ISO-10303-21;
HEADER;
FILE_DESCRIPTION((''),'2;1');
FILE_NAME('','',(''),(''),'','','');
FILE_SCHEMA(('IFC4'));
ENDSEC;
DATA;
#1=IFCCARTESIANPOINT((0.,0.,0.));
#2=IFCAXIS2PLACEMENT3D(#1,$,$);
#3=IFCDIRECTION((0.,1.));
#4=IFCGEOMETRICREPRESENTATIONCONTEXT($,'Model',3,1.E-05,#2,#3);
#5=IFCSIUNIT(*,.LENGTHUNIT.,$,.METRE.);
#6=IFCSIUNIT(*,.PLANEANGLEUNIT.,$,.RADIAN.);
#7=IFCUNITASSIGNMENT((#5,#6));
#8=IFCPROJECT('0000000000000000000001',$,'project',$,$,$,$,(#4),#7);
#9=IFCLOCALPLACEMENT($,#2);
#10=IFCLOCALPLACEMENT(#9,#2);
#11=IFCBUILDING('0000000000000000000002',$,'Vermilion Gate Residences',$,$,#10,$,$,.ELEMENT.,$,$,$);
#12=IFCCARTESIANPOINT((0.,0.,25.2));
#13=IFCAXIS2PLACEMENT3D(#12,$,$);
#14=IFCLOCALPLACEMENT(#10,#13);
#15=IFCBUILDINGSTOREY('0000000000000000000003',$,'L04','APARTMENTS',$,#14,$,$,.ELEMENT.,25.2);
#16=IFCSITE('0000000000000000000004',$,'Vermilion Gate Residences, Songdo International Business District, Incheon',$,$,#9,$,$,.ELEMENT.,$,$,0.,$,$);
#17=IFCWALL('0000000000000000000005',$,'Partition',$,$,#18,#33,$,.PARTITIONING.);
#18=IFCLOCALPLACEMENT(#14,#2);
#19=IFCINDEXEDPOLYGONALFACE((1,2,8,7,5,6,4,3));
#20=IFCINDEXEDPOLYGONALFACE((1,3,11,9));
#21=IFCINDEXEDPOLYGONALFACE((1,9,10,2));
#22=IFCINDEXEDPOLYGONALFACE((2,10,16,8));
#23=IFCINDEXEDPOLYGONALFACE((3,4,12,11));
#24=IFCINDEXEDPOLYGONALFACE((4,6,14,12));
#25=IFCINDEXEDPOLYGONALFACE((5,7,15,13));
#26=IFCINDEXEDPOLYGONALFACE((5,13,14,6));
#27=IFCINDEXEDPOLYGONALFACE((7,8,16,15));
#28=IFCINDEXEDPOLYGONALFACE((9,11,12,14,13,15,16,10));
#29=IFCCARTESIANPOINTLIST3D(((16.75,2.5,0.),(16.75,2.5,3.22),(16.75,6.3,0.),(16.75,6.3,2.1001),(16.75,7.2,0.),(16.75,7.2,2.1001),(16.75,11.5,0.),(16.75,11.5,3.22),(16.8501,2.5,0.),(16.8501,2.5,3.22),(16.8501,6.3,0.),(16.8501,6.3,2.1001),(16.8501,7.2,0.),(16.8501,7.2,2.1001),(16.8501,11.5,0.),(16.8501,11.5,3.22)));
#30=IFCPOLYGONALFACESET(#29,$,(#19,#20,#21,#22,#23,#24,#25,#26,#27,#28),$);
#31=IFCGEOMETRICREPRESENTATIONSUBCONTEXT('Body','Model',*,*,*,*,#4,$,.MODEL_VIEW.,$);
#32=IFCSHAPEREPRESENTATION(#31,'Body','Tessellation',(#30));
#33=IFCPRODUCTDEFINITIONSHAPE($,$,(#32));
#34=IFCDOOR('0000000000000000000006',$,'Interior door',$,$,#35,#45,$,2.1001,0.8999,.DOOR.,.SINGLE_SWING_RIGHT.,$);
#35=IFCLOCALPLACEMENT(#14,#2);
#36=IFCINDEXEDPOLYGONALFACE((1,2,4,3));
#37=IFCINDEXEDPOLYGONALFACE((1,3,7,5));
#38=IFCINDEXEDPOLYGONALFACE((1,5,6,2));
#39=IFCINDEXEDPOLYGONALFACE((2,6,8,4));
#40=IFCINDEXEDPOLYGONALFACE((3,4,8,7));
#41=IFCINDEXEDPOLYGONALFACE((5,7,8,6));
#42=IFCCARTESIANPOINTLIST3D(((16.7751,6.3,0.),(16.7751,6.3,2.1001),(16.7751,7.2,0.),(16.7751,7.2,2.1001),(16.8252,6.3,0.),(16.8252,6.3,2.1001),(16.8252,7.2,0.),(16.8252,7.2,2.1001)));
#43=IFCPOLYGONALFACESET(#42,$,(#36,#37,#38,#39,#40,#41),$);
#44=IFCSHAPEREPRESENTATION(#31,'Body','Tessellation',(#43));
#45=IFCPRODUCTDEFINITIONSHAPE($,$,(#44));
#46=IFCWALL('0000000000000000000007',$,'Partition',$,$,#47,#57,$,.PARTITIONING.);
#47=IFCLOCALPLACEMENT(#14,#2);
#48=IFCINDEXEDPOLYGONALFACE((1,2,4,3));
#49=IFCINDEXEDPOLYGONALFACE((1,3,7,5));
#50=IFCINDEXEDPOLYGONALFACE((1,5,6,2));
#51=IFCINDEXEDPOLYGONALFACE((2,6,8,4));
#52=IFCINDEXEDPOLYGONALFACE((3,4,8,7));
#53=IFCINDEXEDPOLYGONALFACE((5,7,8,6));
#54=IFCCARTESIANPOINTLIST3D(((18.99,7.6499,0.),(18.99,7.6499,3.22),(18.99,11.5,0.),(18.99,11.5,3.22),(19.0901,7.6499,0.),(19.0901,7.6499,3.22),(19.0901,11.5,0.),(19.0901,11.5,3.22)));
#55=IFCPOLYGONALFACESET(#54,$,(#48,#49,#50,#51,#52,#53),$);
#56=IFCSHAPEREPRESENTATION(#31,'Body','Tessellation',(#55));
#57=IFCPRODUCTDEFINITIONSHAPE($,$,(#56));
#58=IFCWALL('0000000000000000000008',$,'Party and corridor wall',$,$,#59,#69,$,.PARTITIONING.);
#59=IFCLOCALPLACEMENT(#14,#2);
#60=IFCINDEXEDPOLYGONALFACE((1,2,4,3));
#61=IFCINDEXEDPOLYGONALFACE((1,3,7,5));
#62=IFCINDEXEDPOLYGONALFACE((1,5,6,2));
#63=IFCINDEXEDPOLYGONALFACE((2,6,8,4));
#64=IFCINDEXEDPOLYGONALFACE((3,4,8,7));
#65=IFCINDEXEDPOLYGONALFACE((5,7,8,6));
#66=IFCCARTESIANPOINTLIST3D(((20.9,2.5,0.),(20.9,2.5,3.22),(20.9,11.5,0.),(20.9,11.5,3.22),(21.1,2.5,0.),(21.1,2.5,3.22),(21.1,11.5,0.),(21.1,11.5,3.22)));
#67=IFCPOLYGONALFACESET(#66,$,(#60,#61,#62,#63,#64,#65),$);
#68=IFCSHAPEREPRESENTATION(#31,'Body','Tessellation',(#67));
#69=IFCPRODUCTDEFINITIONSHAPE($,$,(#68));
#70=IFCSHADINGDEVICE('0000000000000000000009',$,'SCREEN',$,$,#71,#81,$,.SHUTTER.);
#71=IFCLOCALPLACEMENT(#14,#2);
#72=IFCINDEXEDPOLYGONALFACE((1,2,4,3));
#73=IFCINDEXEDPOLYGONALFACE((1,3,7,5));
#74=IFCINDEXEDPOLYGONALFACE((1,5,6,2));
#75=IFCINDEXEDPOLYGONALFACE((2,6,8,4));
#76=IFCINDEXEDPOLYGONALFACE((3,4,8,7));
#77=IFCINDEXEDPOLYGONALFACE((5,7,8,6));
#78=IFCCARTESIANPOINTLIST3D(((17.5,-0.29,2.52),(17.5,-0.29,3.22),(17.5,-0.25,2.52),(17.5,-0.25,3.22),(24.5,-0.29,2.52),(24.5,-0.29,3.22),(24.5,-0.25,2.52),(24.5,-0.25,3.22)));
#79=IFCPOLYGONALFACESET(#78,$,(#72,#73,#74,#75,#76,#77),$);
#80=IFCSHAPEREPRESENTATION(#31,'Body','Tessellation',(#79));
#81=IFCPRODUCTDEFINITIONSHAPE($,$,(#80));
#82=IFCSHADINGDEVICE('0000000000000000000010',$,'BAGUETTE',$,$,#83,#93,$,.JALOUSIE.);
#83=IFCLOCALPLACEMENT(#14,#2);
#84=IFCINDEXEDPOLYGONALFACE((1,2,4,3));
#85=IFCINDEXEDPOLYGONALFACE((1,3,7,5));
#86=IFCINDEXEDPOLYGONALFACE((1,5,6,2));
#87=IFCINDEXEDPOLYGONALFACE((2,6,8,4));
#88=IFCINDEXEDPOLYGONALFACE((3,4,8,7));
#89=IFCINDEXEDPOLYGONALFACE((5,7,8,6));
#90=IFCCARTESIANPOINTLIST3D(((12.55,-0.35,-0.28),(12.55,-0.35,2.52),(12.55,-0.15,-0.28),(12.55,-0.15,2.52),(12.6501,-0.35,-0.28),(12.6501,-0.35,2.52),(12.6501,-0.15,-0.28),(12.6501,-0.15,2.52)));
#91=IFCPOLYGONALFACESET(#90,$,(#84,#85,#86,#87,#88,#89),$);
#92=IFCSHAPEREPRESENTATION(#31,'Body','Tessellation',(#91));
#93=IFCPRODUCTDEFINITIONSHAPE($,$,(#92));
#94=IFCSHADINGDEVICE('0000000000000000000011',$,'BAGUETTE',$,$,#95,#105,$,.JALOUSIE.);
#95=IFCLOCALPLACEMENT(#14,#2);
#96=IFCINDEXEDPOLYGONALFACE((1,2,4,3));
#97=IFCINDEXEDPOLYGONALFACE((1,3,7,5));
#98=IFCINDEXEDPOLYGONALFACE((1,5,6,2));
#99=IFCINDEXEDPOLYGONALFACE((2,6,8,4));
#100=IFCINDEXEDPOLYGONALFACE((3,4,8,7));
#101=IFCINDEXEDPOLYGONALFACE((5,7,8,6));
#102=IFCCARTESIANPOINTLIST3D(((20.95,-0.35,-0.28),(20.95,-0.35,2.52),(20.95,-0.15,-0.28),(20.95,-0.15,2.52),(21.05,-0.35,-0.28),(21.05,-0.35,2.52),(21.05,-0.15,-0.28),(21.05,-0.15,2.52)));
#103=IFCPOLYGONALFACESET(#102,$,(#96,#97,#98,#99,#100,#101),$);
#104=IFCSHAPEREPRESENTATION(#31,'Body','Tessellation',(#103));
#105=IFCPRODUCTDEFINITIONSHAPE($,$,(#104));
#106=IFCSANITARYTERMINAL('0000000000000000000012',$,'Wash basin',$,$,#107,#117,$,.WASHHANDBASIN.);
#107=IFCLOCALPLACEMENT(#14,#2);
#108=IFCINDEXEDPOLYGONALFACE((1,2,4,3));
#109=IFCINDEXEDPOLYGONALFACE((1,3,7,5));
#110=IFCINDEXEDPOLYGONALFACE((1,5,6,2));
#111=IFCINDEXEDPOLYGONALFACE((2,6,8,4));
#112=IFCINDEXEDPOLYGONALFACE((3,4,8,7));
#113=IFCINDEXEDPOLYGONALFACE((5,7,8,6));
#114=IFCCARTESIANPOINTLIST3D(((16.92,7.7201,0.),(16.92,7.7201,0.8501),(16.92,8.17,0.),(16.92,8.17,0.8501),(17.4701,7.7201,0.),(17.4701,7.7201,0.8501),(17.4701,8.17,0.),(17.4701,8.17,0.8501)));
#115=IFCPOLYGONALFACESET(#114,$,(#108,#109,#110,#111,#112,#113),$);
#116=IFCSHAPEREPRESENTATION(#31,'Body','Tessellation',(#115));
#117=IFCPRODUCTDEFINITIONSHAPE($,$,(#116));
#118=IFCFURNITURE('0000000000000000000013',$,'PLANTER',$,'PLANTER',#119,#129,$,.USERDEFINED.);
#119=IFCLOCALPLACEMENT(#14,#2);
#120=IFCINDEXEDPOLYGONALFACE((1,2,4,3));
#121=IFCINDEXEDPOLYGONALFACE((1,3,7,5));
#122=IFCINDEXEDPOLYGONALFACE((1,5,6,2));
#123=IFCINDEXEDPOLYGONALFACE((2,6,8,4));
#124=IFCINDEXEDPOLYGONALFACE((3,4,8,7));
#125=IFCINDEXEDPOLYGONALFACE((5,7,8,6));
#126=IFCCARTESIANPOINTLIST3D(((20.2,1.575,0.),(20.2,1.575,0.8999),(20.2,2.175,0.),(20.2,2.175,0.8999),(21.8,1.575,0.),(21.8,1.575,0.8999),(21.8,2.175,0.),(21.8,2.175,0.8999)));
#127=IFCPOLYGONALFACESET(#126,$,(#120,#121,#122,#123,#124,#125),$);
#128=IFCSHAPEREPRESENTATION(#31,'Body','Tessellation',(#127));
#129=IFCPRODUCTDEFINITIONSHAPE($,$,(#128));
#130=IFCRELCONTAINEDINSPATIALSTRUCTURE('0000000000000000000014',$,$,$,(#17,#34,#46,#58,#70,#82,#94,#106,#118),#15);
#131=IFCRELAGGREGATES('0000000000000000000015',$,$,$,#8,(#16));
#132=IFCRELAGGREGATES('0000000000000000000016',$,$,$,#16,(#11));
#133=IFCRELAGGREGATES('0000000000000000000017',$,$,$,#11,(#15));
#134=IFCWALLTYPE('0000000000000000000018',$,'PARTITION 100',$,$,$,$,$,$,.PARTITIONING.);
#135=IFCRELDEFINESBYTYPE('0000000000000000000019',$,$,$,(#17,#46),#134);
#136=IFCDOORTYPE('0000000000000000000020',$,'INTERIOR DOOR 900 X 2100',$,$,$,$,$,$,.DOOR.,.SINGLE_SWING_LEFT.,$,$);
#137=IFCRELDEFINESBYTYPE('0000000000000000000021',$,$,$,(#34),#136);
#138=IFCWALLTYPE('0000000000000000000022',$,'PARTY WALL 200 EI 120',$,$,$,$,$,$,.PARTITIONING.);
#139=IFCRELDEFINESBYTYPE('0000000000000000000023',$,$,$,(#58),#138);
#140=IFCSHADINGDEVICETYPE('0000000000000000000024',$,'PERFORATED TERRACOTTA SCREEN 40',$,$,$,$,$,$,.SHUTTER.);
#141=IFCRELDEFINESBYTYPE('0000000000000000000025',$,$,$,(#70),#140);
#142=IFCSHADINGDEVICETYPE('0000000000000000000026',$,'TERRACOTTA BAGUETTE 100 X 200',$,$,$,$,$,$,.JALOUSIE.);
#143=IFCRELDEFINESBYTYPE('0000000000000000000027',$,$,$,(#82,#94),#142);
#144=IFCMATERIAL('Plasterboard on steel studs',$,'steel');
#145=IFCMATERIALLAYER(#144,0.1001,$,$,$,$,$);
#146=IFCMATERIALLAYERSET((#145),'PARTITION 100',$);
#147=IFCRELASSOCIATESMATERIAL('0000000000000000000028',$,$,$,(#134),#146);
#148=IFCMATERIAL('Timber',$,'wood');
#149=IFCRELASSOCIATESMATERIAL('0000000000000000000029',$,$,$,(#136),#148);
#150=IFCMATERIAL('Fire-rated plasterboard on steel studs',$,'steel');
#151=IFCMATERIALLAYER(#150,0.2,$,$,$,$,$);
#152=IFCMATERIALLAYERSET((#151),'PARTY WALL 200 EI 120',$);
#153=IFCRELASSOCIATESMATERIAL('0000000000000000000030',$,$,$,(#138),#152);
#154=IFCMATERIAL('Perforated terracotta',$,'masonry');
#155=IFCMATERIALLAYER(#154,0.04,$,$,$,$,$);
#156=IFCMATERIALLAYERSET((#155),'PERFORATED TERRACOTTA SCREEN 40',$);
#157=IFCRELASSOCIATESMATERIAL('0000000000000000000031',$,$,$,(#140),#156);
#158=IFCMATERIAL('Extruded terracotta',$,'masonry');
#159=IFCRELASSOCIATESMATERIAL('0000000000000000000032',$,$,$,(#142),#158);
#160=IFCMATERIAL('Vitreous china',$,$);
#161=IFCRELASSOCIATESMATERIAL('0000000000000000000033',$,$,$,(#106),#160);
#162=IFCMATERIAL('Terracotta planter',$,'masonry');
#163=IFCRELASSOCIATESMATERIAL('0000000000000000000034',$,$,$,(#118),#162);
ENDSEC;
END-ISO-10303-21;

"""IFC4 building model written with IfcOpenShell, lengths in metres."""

from ifc_helpers import new_model, si_unit, direction, frame, frame_2d, origin, origin_2d, place, context, subcontext, project, spatial, rectangle, extrude, material, layer, layer_set, material_profile, profile_set, type_object, element, fill, save


model = new_model("IFC4")

# Units and contexts
model_context = context("Model", 3, precision=1e-05, world=origin(), true_north=direction((0.0, 1.0)))
body_context = subcontext(model_context, "Body", "Model", "MODEL_VIEW")
ifc_project = project(units=[si_unit("LENGTHUNIT", "METRE"), si_unit("PLANEANGLEUNIT", "RADIAN")], contexts=[model_context])

# Site, building, storey
site_placement = place(None, origin())
site = spatial("IfcSite", under=ifc_project, at=site_placement, Name="Vermilion Gate Residences, Songdo International Business District, Incheon", CompositionType="ELEMENT", RefElevation=0.0)
building_placement = place(site_placement, origin())
building = spatial("IfcBuilding", under=site, at=building_placement, Name="Vermilion Gate Residences", CompositionType="ELEMENT")
storey_placement = place(building_placement, frame((0.0, 0.0, 25.2)))
storey = spatial("IfcBuildingStorey", under=building, at=storey_placement, Name="L04", Description="APARTMENTS", CompositionType="ELEMENT", Elevation=25.2)

# Shared definitions
ifc_material_1 = material(Name="Plasterboard on steel studs", Category="steel")
ifc_layer_1 = layer(ifc_material_1, 0.1001)
ifc_layer_set_1 = layer_set([ifc_layer_1], Name="PARTITION 100")
wall_type_1 = type_object("IfcWallType", Name="PARTITION 100", PredefinedType="PARTITIONING", material=ifc_layer_set_1)
ifc_material_2 = material(Name="Timber", Category="wood")
door_type = type_object("IfcDoorType", Name="INTERIOR DOOR 900 X 2100", OperationType="SINGLE_SWING_LEFT", PredefinedType="DOOR", material=ifc_material_2)

# Wall, opening, door
wall_1_placement = place(storey_placement, frame((16.8, 2.5, 0.0), z_axis=(0.0, 0.0, 1.0), x_axis=(0.0, 1.0, 0.0)))
wall_1 = element("IfcWall", 1, at=wall_1_placement, inside=storey, type_object=wall_type_1, Name="Partition", PredefinedType="PARTITIONING", context=body_context, shape_type="SweptSolid", body=[
    extrude(rectangle(XDim=9.0, YDim=0.1001, at=frame_2d((4.5, 0.0))), origin(), (0.0, 0.0, 1.0), 3.22),
])
opening_1_placement = place(wall_1_placement, frame((3.8, 0.0, 0.0)))
opening_1 = element("IfcOpeningElement", 2, at=opening_1_placement, cuts=wall_1, PredefinedType="OPENING", context=body_context, shape_type="SweptSolid", body=[
    extrude(rectangle(XDim=0.8999, YDim=2.1001, at=frame_2d((0.45, 1.05))), frame((0.0, 0.0601, 0.0), z_axis=(0.0, -1.0, 0.0), x_axis=(1.0, 0.0, 0.0)), (0.0, 0.0, 1.0), 0.1201),
])
door_1_placement = place(opening_1_placement, origin())
door_1 = element("IfcDoor", 3, at=door_1_placement, inside=storey, type_object=door_type, Name="Interior door", OperationType="SINGLE_SWING_RIGHT", OverallHeight=2.1001, OverallWidth=0.8999, PredefinedType="DOOR", context=body_context, shape_type="SweptSolid", body=[
    extrude(rectangle(XDim=0.8999, YDim=2.1001, at=frame_2d((0.45, 1.05))), frame((0.0, 0.0249, 0.0), z_axis=(0.0, -1.0, 0.0), x_axis=(1.0, 0.0, 0.0)), (0.0, 0.0, 1.0), 0.05),
])
fill(opening_1, door_1)

# Walls
wall_2_placement = place(storey_placement, frame((19.04, 7.6499, 0.0), z_axis=(0.0, 0.0, 1.0), x_axis=(0.0, 1.0, 0.0)))
element("IfcWall", 4, at=wall_2_placement, inside=storey, type_object=wall_type_1, Name="Partition", PredefinedType="PARTITIONING", context=body_context, shape_type="SweptSolid", body=[
    extrude(rectangle(XDim=3.8501, YDim=0.1001, at=frame_2d((1.925, 0.0))), origin(), (0.0, 0.0, 1.0), 3.22),
])
ifc_material_3 = material(Name="Fire-rated plasterboard on steel studs", Category="steel")
ifc_layer_2 = layer(ifc_material_3, 0.2)
ifc_layer_set_2 = layer_set([ifc_layer_2], Name="PARTY WALL 200 EI 120")
wall_type_2 = type_object("IfcWallType", Name="PARTY WALL 200 EI 120", PredefinedType="PARTITIONING", material=ifc_layer_set_2)
wall_3_placement = place(storey_placement, frame((21.0, 2.5, 0.0), z_axis=(0.0, 0.0, 1.0), x_axis=(0.0, 1.0, 0.0)))
element("IfcWall", 5, at=wall_3_placement, inside=storey, type_object=wall_type_2, Name="Party and corridor wall", PredefinedType="PARTITIONING", context=body_context, shape_type="SweptSolid", body=[
    extrude(rectangle(XDim=9.0, YDim=0.2, at=frame_2d((4.5, 0.0))), origin(), (0.0, 0.0, 1.0), 3.22),
])

# Shading devices
ifc_material_4 = material(Name="Perforated terracotta", Category="masonry")
ifc_layer_3 = layer(ifc_material_4, 0.04)
ifc_layer_set_3 = layer_set([ifc_layer_3], Name="PERFORATED TERRACOTTA SCREEN 40")
shading_device_type_1 = type_object("IfcShadingDeviceType", Name="PERFORATED TERRACOTTA SCREEN 40", PredefinedType="SHUTTER", material=ifc_layer_set_3)
shading_device_placement = place(storey_placement, frame((21.0, -0.27, 2.52), z_axis=(0.0, 0.0, 1.0), x_axis=(1.0, 0.0, 0.0)))
element("IfcShadingDevice", 6, at=shading_device_placement, inside=storey, type_object=shading_device_type_1, Name="SCREEN", PredefinedType="SHUTTER", context=body_context, shape_type="SweptSolid", body=[
    extrude(rectangle(XDim=7.0, YDim=0.04, at=origin_2d()), origin(), (0.0, 0.0, 1.0), 0.7),
])
ifc_material_5 = material(Name="Extruded terracotta", Category="masonry")
ifc_material_profile_1 = material_profile(ifc_material_5, rectangle(XDim=0.2, YDim=0.1001, at=origin_2d()), Name="BAGUETTE 100 X 200")
ifc_profile_set_1 = profile_set([ifc_material_profile_1], Name="Extruded terracotta")
shading_device_type_2 = type_object("IfcShadingDeviceType", Name="TERRACOTTA BAGUETTE 100 X 200", PredefinedType="JALOUSIE", material=ifc_profile_set_1)
for number, where, z_axis, x_axis, name in (
    (7, (12.6001, -0.25, -0.28), (0.0, 0.0, 1.0), (0.0, 1.0, 0.0), "BAGUETTE"),
    (8, (21.0, -0.25, -0.28), (0.0, 0.0, 1.0), (0.0, 1.0, 0.0), "BAGUETTE"),
):
    element("IfcShadingDevice", number, at=place(storey_placement, frame(where, z_axis=z_axis, x_axis=x_axis)), inside=storey, type_object=shading_device_type_2, Name=name, PredefinedType="JALOUSIE", context=body_context, shape_type="SweptSolid", body=[
        extrude(rectangle(XDim=0.2, YDim=0.1001, at=origin_2d()), origin(), (0.0, 0.0, 1.0), 2.8),
    ])

# Sanitary terminal
ifc_material_6 = material(Name="Vitreous china")
sanitary_terminal_placement = place(storey_placement, frame((17.1951, 7.9451, 0.0), z_axis=(0.0, 0.0, 1.0), x_axis=(1.0, 0.0, 0.0)))
element("IfcSanitaryTerminal", 9, at=sanitary_terminal_placement, inside=storey, material=ifc_material_6, Name="Wash basin", PredefinedType="WASHHANDBASIN", context=body_context, shape_type="SweptSolid", body=[
    extrude(rectangle(XDim=0.55, YDim=0.45, at=origin_2d()), origin(), (0.0, 0.0, 1.0), 0.8501),
])

# Furniture
ifc_material_7 = material(Name="Terracotta planter", Category="masonry")
furniture_placement = place(storey_placement, frame((21.0, 1.875, 0.0), z_axis=(0.0, 0.0, 1.0), x_axis=(1.0, 0.0, 0.0)))
element("IfcFurniture", 10, at=furniture_placement, inside=storey, material=ifc_material_7, Name="PLANTER", ObjectType="PLANTER", PredefinedType="USERDEFINED", context=body_context, shape_type="SweptSolid", body=[
    extrude(rectangle(XDim=1.6001, YDim=0.6001, at=origin_2d()), origin(), (0.0, 0.0, 1.0), 0.8999),
])

save(model, "model.ifc")
